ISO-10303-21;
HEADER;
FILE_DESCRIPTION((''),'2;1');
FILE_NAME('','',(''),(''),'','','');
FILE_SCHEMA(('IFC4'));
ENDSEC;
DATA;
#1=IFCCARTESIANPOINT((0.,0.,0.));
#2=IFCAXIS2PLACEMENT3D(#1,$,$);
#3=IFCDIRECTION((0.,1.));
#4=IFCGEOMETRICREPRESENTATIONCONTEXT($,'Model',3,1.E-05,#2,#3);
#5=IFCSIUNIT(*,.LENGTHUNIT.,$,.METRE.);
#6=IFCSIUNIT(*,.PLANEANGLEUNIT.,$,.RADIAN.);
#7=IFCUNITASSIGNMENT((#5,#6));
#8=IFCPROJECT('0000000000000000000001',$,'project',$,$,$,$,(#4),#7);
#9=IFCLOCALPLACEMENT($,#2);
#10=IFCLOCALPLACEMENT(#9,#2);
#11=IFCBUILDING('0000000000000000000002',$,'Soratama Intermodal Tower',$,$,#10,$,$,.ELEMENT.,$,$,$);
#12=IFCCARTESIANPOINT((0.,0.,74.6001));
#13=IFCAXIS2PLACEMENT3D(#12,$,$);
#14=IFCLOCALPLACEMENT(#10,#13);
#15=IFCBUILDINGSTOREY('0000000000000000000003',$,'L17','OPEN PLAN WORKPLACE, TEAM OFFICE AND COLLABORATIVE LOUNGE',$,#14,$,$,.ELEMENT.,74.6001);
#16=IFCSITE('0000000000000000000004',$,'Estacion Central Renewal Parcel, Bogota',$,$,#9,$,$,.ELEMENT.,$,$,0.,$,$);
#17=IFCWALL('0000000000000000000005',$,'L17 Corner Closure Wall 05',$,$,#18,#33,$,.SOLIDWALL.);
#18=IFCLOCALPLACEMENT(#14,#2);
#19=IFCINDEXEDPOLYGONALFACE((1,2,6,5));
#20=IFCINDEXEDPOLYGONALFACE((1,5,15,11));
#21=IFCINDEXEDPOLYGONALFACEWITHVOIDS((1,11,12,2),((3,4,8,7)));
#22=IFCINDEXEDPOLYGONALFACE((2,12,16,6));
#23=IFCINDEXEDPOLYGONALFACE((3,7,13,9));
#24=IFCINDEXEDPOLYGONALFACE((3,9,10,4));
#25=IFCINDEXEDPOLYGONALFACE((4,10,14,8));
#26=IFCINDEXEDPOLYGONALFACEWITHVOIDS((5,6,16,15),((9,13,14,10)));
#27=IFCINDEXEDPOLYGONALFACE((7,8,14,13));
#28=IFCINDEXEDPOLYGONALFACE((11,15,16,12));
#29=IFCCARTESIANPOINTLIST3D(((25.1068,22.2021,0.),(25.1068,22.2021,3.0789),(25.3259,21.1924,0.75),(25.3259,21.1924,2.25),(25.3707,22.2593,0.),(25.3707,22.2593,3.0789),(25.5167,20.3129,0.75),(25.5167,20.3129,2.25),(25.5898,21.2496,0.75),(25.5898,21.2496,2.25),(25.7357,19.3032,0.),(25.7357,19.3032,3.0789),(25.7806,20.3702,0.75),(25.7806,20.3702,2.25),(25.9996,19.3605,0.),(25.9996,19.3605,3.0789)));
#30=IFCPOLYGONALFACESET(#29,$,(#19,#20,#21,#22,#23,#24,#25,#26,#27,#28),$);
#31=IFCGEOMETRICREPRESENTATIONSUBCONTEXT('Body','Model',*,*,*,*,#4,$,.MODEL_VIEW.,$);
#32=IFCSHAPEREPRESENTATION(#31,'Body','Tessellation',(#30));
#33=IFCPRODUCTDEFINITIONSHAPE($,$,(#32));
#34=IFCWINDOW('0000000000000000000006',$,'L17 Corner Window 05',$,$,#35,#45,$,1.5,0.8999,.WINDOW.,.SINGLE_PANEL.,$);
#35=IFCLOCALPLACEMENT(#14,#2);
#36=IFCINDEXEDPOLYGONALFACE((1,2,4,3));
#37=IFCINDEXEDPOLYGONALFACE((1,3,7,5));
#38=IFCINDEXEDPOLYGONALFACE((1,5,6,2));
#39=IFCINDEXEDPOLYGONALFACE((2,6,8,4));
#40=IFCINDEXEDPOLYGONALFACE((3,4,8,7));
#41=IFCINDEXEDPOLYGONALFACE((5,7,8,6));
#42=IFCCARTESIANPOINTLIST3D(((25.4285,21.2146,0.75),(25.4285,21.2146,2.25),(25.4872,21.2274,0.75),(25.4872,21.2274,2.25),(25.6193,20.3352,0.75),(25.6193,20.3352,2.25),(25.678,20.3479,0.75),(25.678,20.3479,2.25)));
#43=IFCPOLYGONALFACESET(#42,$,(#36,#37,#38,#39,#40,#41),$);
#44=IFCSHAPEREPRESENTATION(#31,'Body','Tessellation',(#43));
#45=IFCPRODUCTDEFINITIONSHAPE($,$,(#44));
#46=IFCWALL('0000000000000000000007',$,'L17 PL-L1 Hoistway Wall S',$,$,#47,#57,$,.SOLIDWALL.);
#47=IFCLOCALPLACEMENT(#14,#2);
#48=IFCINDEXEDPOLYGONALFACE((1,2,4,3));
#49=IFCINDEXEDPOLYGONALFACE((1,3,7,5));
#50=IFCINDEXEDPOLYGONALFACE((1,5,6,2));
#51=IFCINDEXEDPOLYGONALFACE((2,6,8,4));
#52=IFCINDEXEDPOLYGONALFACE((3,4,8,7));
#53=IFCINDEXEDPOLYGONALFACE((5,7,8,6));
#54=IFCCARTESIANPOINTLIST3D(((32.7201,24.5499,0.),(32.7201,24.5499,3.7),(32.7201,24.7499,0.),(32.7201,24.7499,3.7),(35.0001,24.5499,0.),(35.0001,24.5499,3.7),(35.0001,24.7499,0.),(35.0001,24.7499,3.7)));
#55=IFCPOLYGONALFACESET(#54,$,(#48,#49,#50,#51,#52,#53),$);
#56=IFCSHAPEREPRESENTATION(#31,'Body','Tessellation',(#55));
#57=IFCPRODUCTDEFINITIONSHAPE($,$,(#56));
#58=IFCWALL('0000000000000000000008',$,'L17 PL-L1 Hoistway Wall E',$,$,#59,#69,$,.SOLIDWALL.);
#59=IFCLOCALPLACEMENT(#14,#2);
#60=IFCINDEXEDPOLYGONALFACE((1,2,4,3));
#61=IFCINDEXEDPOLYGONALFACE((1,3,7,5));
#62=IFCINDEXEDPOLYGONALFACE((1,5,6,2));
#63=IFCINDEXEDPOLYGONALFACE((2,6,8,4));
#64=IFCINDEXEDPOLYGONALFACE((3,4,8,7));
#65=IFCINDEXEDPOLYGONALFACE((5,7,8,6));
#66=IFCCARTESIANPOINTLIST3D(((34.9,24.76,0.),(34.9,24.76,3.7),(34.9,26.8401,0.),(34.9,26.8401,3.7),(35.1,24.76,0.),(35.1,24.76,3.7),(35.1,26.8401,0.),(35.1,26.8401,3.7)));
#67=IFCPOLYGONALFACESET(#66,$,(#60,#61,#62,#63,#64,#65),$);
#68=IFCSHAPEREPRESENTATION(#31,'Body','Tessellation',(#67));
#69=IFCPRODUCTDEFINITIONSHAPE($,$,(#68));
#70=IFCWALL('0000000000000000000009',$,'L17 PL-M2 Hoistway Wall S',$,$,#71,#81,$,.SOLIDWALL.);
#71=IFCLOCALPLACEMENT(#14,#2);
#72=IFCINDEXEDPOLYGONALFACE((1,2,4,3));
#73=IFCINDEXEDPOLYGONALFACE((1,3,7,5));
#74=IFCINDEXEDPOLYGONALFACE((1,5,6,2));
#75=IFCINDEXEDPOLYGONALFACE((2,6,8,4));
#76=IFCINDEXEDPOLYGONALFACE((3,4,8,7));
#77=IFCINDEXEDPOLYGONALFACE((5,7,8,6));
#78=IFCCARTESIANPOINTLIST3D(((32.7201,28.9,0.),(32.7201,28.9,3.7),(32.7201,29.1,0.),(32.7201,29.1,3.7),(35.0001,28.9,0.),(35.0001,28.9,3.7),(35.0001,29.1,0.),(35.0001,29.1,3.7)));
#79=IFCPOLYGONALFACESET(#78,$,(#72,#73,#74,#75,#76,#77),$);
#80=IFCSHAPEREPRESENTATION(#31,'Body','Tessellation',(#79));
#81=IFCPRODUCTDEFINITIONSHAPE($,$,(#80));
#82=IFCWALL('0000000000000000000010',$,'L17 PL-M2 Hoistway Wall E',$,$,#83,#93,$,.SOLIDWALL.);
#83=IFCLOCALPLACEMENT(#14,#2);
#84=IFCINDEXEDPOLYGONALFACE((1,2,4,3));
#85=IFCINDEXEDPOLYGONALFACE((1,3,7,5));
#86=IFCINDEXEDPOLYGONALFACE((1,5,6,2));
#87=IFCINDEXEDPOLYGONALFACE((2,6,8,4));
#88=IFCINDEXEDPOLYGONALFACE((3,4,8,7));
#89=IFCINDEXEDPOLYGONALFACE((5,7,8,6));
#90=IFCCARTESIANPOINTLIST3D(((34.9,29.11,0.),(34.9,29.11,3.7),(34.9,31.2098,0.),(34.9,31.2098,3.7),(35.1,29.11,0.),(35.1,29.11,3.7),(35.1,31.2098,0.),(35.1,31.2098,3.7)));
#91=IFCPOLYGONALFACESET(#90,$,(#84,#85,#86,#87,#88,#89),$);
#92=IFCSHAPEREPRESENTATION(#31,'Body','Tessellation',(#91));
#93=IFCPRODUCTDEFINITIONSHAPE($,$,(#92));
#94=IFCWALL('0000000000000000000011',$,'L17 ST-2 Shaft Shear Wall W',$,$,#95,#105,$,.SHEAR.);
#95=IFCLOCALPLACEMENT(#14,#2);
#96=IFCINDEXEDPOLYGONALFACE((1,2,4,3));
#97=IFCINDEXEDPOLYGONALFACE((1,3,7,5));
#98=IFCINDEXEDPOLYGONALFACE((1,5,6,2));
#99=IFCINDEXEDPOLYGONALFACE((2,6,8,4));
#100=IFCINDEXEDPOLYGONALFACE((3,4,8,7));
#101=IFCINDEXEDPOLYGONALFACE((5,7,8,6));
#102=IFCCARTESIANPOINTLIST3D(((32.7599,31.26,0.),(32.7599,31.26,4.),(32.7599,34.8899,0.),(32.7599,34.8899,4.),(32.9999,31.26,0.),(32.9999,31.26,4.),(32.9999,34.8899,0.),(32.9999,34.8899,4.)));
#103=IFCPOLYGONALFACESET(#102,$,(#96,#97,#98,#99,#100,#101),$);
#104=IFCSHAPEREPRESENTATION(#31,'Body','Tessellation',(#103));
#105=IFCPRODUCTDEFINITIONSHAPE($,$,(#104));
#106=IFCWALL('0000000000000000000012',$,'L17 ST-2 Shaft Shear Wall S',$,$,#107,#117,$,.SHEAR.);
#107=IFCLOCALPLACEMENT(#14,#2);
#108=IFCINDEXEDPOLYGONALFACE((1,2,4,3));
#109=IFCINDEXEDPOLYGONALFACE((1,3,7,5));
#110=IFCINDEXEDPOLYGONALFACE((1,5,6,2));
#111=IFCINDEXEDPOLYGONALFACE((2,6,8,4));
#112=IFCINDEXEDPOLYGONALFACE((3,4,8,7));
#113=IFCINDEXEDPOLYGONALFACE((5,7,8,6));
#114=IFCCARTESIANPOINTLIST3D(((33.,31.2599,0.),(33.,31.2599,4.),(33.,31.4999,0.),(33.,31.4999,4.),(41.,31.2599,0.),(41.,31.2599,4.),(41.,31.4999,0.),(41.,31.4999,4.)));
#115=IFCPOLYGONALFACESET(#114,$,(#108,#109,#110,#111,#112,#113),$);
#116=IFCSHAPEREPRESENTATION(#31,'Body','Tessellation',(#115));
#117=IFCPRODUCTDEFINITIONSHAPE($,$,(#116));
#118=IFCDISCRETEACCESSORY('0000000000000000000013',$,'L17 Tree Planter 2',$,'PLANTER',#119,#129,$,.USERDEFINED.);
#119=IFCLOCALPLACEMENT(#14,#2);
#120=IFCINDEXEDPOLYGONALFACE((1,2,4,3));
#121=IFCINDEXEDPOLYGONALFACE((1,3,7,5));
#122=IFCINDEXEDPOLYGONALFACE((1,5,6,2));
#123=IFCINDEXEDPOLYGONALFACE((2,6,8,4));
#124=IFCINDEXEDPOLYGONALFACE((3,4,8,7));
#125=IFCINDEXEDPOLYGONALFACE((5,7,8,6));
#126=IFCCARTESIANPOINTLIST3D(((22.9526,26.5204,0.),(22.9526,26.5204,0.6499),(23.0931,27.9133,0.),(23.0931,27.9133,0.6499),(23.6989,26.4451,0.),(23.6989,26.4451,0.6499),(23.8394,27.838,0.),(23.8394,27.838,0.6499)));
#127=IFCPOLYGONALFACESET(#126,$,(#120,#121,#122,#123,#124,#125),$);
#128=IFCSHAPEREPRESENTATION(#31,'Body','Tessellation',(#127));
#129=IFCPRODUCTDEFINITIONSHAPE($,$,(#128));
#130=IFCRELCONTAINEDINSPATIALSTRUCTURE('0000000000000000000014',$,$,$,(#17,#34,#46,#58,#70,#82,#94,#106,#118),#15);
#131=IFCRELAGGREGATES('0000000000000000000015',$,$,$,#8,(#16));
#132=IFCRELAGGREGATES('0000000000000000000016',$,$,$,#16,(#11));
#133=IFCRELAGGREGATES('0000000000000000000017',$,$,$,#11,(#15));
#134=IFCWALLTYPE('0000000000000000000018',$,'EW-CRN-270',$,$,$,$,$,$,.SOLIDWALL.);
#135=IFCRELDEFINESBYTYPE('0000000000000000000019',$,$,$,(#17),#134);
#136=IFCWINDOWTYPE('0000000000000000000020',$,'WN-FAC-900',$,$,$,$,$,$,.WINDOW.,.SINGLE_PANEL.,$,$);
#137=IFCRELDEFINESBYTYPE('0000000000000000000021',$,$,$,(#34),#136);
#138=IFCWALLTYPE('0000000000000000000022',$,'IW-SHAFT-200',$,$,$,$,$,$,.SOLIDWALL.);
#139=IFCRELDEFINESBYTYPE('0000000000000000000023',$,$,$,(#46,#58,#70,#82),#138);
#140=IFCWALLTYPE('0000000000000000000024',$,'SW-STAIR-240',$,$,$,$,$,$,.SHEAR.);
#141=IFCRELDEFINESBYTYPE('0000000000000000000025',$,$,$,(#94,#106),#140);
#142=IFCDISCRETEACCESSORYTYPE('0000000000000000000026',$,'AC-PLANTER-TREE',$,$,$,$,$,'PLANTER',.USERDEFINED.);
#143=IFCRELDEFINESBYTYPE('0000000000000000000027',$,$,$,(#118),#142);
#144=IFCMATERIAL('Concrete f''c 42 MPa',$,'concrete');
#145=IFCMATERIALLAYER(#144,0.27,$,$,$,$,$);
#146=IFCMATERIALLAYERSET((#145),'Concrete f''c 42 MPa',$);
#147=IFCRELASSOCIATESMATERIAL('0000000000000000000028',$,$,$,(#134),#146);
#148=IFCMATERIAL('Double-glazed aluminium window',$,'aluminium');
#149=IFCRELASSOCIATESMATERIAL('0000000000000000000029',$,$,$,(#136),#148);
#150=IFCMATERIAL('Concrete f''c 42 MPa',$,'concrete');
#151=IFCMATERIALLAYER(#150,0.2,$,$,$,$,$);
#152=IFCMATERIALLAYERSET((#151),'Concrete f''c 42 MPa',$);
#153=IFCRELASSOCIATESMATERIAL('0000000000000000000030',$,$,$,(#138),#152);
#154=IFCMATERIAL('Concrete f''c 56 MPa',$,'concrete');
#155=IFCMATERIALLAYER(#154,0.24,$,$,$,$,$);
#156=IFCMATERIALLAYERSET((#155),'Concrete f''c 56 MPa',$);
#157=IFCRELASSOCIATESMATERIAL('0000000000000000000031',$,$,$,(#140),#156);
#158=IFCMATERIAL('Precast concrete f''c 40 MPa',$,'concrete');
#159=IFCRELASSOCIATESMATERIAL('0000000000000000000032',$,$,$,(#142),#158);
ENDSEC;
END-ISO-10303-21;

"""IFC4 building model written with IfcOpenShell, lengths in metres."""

from ifc_helpers import new_model, si_unit, direction, frame, frame_2d, origin, origin_2d, place, context, subcontext, project, spatial, rectangle, extrude, material, layer, layer_set, type_object, element, fill, save


model = new_model("IFC4")

# Units and contexts
model_context = context("Model", 3, precision=1e-05, world=origin(), true_north=direction((0.0, 1.0)))
body_context = subcontext(model_context, "Body", "Model", "MODEL_VIEW")
ifc_project = project(units=[si_unit("LENGTHUNIT", "METRE"), si_unit("PLANEANGLEUNIT", "RADIAN")], contexts=[model_context])

# Site, building, storey
site_placement = place(None, origin())
site = spatial("IfcSite", under=ifc_project, at=site_placement, Name="Estacion Central Renewal Parcel, Bogota", CompositionType="ELEMENT", RefElevation=0.0)
building_placement = place(site_placement, origin())
building = spatial("IfcBuilding", under=site, at=building_placement, Name="Soratama Intermodal Tower", CompositionType="ELEMENT")
storey_placement = place(building_placement, frame((0.0, 0.0, 74.6001)))
storey = spatial("IfcBuildingStorey", under=building, at=storey_placement, Name="L17", Description="OPEN PLAN WORKPLACE, TEAM OFFICE AND COLLABORATIVE LOUNGE", CompositionType="ELEMENT", Elevation=74.6001)

# Wall, opening, window
ifc_material_1 = material(Name="Concrete f'c 42 MPa", Category="concrete")
ifc_layer_1 = layer(ifc_material_1, 0.27)
ifc_layer_set_1 = layer_set([ifc_layer_1], Name="Concrete f'c 42 MPa")
wall_type_1 = type_object("IfcWallType", Name="EW-CRN-270", PredefinedType="SOLIDWALL", material=ifc_layer_set_1)
wall_1_placement = place(storey_placement, frame((25.2388, 22.2307, 0.0), z_axis=(0.0, 0.0, 1.0), x_axis=(0.212013, -0.977267, 0.0)))
wall_1 = element("IfcWall", 1, at=wall_1_placement, inside=storey, type_object=wall_type_1, Name="L17 Corner Closure Wall 05", PredefinedType="SOLIDWALL", context=body_context, shape_type="SweptSolid", body=[
    extrude(rectangle(XDim=2.9663, YDim=0.27, at=frame_2d((1.4832, 0.0))), origin(), (0.0, 0.0, 1.0), 3.0789),
])
opening_1_placement = place(wall_1_placement, frame((1.0332, 0.0, 0.75)))
opening_1 = element("IfcOpeningElement", 2, at=opening_1_placement, cuts=wall_1, PredefinedType="OPENING", context=body_context, shape_type="SweptSolid", body=[
    extrude(rectangle(XDim=0.8999, YDim=1.5, at=frame_2d((0.45, 0.75))), frame((0.0, 0.145, 0.0), z_axis=(0.0, -1.0, 0.0), x_axis=(1.0, 0.0, 0.0)), (0.0, 0.0, 1.0), 0.29),
])
ifc_material_2 = material(Name="Double-glazed aluminium window", Category="aluminium")
window_type_1 = type_object("IfcWindowType", Name="WN-FAC-900", PartitioningType="SINGLE_PANEL", PredefinedType="WINDOW", material=ifc_material_2)
window_1_placement = place(opening_1_placement, origin())
window_1 = element("IfcWindow", 3, at=window_1_placement, inside=storey, type_object=window_type_1, Name="L17 Corner Window 05", OverallHeight=1.5, OverallWidth=0.8999, PartitioningType="SINGLE_PANEL", PredefinedType="WINDOW", context=body_context, shape_type="SweptSolid", body=[
    extrude(rectangle(XDim=0.8999, YDim=1.5, at=frame_2d((0.45, 0.75))), frame((0.0, 0.03, 0.0), z_axis=(0.0, -1.0, 0.0), x_axis=(1.0, 0.0, 0.0)), (0.0, 0.0, 1.0), 0.0601),
])
fill(opening_1, window_1)

# Wall
ifc_material_3 = material(Name="Concrete f'c 42 MPa", Category="concrete")
ifc_layer_2 = layer(ifc_material_3, 0.2)
ifc_layer_set_2 = layer_set([ifc_layer_2], Name="Concrete f'c 42 MPa")
wall_type_2 = type_object("IfcWallType", Name="IW-SHAFT-200", PredefinedType="SOLIDWALL", material=ifc_layer_set_2)
wall_2_placement = place(storey_placement, frame((32.72, 24.6499, 0.0), z_axis=(0.0, 0.0, 1.0), x_axis=(1.0, 0.0, 0.0)))
element("IfcWall", 4, at=wall_2_placement, inside=storey, type_object=wall_type_2, Name="L17 PL-L1 Hoistway Wall S", PredefinedType="SOLIDWALL", context=body_context, shape_type="SweptSolid", body=[
    extrude(rectangle(XDim=2.28, YDim=0.2, at=frame_2d((1.1401, 0.0))), origin(), (0.0, 0.0, 1.0), 3.7),
])

# Walls
wall_3_placement = place(storey_placement, frame((35.0, 24.76, 0.0), z_axis=(0.0, 0.0, 1.0), x_axis=(0.0, 1.0, 0.0)))
element("IfcWall", 5, at=wall_3_placement, inside=storey, type_object=wall_type_2, Name="L17 PL-L1 Hoistway Wall E", PredefinedType="SOLIDWALL", context=body_context, shape_type="SweptSolid", body=[
    extrude(rectangle(XDim=2.0801, YDim=0.2, at=frame_2d((1.04, 0.0))), origin(), (0.0, 0.0, 1.0), 3.7),
])
wall_4_placement = place(storey_placement, frame((32.72, 29.0, 0.0), z_axis=(0.0, 0.0, 1.0), x_axis=(1.0, 0.0, 0.0)))
element("IfcWall", 6, at=wall_4_placement, inside=storey, type_object=wall_type_2, Name="L17 PL-M2 Hoistway Wall S", PredefinedType="SOLIDWALL", context=body_context, shape_type="SweptSolid", body=[
    extrude(rectangle(XDim=2.28, YDim=0.2, at=frame_2d((1.1401, 0.0))), origin(), (0.0, 0.0, 1.0), 3.7),
])
wall_5_placement = place(storey_placement, frame((35.0, 29.1101, 0.0), z_axis=(0.0, 0.0, 1.0), x_axis=(0.0, 1.0, 0.0)))
element("IfcWall", 7, at=wall_5_placement, inside=storey, type_object=wall_type_2, Name="L17 PL-M2 Hoistway Wall E", PredefinedType="SOLIDWALL", context=body_context, shape_type="SweptSolid", body=[
    extrude(rectangle(XDim=2.0999, YDim=0.2, at=frame_2d((1.0498, 0.0))), origin(), (0.0, 0.0, 1.0), 3.7),
])
ifc_material_4 = material(Name="Concrete f'c 56 MPa", Category="concrete")
ifc_layer_3 = layer(ifc_material_4, 0.24)
ifc_layer_set_3 = layer_set([ifc_layer_3], Name="Concrete f'c 56 MPa")
wall_type_3 = type_object("IfcWallType", Name="SW-STAIR-240", PredefinedType="SHEAR", material=ifc_layer_set_3)
wall_6_placement = place(storey_placement, frame((32.8799, 31.26, 0.0), z_axis=(0.0, 0.0, 1.0), x_axis=(0.0, 1.0, 0.0)))
element("IfcWall", 8, at=wall_6_placement, inside=storey, type_object=wall_type_3, Name="L17 ST-2 Shaft Shear Wall W", PredefinedType="SHEAR", context=body_context, shape_type="SweptSolid", body=[
    extrude(rectangle(XDim=3.6299, YDim=0.24, at=frame_2d((1.8149, 0.0))), origin(), (0.0, 0.0, 1.0), 4.0),
])
wall_7_placement = place(storey_placement, frame((33.0, 31.3799, 0.0), z_axis=(0.0, 0.0, 1.0), x_axis=(1.0, 0.0, 0.0)))
element("IfcWall", 9, at=wall_7_placement, inside=storey, type_object=wall_type_3, Name="L17 ST-2 Shaft Shear Wall S", PredefinedType="SHEAR", context=body_context, shape_type="SweptSolid", body=[
    extrude(rectangle(XDim=8.0, YDim=0.24, at=frame_2d((4.0, 0.0))), origin(), (0.0, 0.0, 1.0), 4.0),
])

# Discrete accessory
ifc_material_5 = material(Name="Precast concrete f'c 40 MPa", Category="concrete")
discrete_accessory_type = type_object("IfcDiscreteAccessoryType", Name="AC-PLANTER-TREE", ElementType="PLANTER", PredefinedType="USERDEFINED", material=ifc_material_5)
discrete_accessory_placement = place(storey_placement, frame((23.396, 27.1792, 0.0), z_axis=(0.0, 0.0, 1.0), x_axis=(-0.994951, 0.100362, 0.0)))
element("IfcDiscreteAccessory", 10, at=discrete_accessory_placement, inside=storey, type_object=discrete_accessory_type, Name="L17 Tree Planter 2", ObjectType="PLANTER", PredefinedType="USERDEFINED", context=body_context, shape_type="SweptSolid", body=[
    extrude(rectangle(XDim=0.75, YDim=1.3999, at=origin_2d()), origin(), (0.0, 0.0, 1.0), 0.6499),
])

save(model, "model.ifc")
